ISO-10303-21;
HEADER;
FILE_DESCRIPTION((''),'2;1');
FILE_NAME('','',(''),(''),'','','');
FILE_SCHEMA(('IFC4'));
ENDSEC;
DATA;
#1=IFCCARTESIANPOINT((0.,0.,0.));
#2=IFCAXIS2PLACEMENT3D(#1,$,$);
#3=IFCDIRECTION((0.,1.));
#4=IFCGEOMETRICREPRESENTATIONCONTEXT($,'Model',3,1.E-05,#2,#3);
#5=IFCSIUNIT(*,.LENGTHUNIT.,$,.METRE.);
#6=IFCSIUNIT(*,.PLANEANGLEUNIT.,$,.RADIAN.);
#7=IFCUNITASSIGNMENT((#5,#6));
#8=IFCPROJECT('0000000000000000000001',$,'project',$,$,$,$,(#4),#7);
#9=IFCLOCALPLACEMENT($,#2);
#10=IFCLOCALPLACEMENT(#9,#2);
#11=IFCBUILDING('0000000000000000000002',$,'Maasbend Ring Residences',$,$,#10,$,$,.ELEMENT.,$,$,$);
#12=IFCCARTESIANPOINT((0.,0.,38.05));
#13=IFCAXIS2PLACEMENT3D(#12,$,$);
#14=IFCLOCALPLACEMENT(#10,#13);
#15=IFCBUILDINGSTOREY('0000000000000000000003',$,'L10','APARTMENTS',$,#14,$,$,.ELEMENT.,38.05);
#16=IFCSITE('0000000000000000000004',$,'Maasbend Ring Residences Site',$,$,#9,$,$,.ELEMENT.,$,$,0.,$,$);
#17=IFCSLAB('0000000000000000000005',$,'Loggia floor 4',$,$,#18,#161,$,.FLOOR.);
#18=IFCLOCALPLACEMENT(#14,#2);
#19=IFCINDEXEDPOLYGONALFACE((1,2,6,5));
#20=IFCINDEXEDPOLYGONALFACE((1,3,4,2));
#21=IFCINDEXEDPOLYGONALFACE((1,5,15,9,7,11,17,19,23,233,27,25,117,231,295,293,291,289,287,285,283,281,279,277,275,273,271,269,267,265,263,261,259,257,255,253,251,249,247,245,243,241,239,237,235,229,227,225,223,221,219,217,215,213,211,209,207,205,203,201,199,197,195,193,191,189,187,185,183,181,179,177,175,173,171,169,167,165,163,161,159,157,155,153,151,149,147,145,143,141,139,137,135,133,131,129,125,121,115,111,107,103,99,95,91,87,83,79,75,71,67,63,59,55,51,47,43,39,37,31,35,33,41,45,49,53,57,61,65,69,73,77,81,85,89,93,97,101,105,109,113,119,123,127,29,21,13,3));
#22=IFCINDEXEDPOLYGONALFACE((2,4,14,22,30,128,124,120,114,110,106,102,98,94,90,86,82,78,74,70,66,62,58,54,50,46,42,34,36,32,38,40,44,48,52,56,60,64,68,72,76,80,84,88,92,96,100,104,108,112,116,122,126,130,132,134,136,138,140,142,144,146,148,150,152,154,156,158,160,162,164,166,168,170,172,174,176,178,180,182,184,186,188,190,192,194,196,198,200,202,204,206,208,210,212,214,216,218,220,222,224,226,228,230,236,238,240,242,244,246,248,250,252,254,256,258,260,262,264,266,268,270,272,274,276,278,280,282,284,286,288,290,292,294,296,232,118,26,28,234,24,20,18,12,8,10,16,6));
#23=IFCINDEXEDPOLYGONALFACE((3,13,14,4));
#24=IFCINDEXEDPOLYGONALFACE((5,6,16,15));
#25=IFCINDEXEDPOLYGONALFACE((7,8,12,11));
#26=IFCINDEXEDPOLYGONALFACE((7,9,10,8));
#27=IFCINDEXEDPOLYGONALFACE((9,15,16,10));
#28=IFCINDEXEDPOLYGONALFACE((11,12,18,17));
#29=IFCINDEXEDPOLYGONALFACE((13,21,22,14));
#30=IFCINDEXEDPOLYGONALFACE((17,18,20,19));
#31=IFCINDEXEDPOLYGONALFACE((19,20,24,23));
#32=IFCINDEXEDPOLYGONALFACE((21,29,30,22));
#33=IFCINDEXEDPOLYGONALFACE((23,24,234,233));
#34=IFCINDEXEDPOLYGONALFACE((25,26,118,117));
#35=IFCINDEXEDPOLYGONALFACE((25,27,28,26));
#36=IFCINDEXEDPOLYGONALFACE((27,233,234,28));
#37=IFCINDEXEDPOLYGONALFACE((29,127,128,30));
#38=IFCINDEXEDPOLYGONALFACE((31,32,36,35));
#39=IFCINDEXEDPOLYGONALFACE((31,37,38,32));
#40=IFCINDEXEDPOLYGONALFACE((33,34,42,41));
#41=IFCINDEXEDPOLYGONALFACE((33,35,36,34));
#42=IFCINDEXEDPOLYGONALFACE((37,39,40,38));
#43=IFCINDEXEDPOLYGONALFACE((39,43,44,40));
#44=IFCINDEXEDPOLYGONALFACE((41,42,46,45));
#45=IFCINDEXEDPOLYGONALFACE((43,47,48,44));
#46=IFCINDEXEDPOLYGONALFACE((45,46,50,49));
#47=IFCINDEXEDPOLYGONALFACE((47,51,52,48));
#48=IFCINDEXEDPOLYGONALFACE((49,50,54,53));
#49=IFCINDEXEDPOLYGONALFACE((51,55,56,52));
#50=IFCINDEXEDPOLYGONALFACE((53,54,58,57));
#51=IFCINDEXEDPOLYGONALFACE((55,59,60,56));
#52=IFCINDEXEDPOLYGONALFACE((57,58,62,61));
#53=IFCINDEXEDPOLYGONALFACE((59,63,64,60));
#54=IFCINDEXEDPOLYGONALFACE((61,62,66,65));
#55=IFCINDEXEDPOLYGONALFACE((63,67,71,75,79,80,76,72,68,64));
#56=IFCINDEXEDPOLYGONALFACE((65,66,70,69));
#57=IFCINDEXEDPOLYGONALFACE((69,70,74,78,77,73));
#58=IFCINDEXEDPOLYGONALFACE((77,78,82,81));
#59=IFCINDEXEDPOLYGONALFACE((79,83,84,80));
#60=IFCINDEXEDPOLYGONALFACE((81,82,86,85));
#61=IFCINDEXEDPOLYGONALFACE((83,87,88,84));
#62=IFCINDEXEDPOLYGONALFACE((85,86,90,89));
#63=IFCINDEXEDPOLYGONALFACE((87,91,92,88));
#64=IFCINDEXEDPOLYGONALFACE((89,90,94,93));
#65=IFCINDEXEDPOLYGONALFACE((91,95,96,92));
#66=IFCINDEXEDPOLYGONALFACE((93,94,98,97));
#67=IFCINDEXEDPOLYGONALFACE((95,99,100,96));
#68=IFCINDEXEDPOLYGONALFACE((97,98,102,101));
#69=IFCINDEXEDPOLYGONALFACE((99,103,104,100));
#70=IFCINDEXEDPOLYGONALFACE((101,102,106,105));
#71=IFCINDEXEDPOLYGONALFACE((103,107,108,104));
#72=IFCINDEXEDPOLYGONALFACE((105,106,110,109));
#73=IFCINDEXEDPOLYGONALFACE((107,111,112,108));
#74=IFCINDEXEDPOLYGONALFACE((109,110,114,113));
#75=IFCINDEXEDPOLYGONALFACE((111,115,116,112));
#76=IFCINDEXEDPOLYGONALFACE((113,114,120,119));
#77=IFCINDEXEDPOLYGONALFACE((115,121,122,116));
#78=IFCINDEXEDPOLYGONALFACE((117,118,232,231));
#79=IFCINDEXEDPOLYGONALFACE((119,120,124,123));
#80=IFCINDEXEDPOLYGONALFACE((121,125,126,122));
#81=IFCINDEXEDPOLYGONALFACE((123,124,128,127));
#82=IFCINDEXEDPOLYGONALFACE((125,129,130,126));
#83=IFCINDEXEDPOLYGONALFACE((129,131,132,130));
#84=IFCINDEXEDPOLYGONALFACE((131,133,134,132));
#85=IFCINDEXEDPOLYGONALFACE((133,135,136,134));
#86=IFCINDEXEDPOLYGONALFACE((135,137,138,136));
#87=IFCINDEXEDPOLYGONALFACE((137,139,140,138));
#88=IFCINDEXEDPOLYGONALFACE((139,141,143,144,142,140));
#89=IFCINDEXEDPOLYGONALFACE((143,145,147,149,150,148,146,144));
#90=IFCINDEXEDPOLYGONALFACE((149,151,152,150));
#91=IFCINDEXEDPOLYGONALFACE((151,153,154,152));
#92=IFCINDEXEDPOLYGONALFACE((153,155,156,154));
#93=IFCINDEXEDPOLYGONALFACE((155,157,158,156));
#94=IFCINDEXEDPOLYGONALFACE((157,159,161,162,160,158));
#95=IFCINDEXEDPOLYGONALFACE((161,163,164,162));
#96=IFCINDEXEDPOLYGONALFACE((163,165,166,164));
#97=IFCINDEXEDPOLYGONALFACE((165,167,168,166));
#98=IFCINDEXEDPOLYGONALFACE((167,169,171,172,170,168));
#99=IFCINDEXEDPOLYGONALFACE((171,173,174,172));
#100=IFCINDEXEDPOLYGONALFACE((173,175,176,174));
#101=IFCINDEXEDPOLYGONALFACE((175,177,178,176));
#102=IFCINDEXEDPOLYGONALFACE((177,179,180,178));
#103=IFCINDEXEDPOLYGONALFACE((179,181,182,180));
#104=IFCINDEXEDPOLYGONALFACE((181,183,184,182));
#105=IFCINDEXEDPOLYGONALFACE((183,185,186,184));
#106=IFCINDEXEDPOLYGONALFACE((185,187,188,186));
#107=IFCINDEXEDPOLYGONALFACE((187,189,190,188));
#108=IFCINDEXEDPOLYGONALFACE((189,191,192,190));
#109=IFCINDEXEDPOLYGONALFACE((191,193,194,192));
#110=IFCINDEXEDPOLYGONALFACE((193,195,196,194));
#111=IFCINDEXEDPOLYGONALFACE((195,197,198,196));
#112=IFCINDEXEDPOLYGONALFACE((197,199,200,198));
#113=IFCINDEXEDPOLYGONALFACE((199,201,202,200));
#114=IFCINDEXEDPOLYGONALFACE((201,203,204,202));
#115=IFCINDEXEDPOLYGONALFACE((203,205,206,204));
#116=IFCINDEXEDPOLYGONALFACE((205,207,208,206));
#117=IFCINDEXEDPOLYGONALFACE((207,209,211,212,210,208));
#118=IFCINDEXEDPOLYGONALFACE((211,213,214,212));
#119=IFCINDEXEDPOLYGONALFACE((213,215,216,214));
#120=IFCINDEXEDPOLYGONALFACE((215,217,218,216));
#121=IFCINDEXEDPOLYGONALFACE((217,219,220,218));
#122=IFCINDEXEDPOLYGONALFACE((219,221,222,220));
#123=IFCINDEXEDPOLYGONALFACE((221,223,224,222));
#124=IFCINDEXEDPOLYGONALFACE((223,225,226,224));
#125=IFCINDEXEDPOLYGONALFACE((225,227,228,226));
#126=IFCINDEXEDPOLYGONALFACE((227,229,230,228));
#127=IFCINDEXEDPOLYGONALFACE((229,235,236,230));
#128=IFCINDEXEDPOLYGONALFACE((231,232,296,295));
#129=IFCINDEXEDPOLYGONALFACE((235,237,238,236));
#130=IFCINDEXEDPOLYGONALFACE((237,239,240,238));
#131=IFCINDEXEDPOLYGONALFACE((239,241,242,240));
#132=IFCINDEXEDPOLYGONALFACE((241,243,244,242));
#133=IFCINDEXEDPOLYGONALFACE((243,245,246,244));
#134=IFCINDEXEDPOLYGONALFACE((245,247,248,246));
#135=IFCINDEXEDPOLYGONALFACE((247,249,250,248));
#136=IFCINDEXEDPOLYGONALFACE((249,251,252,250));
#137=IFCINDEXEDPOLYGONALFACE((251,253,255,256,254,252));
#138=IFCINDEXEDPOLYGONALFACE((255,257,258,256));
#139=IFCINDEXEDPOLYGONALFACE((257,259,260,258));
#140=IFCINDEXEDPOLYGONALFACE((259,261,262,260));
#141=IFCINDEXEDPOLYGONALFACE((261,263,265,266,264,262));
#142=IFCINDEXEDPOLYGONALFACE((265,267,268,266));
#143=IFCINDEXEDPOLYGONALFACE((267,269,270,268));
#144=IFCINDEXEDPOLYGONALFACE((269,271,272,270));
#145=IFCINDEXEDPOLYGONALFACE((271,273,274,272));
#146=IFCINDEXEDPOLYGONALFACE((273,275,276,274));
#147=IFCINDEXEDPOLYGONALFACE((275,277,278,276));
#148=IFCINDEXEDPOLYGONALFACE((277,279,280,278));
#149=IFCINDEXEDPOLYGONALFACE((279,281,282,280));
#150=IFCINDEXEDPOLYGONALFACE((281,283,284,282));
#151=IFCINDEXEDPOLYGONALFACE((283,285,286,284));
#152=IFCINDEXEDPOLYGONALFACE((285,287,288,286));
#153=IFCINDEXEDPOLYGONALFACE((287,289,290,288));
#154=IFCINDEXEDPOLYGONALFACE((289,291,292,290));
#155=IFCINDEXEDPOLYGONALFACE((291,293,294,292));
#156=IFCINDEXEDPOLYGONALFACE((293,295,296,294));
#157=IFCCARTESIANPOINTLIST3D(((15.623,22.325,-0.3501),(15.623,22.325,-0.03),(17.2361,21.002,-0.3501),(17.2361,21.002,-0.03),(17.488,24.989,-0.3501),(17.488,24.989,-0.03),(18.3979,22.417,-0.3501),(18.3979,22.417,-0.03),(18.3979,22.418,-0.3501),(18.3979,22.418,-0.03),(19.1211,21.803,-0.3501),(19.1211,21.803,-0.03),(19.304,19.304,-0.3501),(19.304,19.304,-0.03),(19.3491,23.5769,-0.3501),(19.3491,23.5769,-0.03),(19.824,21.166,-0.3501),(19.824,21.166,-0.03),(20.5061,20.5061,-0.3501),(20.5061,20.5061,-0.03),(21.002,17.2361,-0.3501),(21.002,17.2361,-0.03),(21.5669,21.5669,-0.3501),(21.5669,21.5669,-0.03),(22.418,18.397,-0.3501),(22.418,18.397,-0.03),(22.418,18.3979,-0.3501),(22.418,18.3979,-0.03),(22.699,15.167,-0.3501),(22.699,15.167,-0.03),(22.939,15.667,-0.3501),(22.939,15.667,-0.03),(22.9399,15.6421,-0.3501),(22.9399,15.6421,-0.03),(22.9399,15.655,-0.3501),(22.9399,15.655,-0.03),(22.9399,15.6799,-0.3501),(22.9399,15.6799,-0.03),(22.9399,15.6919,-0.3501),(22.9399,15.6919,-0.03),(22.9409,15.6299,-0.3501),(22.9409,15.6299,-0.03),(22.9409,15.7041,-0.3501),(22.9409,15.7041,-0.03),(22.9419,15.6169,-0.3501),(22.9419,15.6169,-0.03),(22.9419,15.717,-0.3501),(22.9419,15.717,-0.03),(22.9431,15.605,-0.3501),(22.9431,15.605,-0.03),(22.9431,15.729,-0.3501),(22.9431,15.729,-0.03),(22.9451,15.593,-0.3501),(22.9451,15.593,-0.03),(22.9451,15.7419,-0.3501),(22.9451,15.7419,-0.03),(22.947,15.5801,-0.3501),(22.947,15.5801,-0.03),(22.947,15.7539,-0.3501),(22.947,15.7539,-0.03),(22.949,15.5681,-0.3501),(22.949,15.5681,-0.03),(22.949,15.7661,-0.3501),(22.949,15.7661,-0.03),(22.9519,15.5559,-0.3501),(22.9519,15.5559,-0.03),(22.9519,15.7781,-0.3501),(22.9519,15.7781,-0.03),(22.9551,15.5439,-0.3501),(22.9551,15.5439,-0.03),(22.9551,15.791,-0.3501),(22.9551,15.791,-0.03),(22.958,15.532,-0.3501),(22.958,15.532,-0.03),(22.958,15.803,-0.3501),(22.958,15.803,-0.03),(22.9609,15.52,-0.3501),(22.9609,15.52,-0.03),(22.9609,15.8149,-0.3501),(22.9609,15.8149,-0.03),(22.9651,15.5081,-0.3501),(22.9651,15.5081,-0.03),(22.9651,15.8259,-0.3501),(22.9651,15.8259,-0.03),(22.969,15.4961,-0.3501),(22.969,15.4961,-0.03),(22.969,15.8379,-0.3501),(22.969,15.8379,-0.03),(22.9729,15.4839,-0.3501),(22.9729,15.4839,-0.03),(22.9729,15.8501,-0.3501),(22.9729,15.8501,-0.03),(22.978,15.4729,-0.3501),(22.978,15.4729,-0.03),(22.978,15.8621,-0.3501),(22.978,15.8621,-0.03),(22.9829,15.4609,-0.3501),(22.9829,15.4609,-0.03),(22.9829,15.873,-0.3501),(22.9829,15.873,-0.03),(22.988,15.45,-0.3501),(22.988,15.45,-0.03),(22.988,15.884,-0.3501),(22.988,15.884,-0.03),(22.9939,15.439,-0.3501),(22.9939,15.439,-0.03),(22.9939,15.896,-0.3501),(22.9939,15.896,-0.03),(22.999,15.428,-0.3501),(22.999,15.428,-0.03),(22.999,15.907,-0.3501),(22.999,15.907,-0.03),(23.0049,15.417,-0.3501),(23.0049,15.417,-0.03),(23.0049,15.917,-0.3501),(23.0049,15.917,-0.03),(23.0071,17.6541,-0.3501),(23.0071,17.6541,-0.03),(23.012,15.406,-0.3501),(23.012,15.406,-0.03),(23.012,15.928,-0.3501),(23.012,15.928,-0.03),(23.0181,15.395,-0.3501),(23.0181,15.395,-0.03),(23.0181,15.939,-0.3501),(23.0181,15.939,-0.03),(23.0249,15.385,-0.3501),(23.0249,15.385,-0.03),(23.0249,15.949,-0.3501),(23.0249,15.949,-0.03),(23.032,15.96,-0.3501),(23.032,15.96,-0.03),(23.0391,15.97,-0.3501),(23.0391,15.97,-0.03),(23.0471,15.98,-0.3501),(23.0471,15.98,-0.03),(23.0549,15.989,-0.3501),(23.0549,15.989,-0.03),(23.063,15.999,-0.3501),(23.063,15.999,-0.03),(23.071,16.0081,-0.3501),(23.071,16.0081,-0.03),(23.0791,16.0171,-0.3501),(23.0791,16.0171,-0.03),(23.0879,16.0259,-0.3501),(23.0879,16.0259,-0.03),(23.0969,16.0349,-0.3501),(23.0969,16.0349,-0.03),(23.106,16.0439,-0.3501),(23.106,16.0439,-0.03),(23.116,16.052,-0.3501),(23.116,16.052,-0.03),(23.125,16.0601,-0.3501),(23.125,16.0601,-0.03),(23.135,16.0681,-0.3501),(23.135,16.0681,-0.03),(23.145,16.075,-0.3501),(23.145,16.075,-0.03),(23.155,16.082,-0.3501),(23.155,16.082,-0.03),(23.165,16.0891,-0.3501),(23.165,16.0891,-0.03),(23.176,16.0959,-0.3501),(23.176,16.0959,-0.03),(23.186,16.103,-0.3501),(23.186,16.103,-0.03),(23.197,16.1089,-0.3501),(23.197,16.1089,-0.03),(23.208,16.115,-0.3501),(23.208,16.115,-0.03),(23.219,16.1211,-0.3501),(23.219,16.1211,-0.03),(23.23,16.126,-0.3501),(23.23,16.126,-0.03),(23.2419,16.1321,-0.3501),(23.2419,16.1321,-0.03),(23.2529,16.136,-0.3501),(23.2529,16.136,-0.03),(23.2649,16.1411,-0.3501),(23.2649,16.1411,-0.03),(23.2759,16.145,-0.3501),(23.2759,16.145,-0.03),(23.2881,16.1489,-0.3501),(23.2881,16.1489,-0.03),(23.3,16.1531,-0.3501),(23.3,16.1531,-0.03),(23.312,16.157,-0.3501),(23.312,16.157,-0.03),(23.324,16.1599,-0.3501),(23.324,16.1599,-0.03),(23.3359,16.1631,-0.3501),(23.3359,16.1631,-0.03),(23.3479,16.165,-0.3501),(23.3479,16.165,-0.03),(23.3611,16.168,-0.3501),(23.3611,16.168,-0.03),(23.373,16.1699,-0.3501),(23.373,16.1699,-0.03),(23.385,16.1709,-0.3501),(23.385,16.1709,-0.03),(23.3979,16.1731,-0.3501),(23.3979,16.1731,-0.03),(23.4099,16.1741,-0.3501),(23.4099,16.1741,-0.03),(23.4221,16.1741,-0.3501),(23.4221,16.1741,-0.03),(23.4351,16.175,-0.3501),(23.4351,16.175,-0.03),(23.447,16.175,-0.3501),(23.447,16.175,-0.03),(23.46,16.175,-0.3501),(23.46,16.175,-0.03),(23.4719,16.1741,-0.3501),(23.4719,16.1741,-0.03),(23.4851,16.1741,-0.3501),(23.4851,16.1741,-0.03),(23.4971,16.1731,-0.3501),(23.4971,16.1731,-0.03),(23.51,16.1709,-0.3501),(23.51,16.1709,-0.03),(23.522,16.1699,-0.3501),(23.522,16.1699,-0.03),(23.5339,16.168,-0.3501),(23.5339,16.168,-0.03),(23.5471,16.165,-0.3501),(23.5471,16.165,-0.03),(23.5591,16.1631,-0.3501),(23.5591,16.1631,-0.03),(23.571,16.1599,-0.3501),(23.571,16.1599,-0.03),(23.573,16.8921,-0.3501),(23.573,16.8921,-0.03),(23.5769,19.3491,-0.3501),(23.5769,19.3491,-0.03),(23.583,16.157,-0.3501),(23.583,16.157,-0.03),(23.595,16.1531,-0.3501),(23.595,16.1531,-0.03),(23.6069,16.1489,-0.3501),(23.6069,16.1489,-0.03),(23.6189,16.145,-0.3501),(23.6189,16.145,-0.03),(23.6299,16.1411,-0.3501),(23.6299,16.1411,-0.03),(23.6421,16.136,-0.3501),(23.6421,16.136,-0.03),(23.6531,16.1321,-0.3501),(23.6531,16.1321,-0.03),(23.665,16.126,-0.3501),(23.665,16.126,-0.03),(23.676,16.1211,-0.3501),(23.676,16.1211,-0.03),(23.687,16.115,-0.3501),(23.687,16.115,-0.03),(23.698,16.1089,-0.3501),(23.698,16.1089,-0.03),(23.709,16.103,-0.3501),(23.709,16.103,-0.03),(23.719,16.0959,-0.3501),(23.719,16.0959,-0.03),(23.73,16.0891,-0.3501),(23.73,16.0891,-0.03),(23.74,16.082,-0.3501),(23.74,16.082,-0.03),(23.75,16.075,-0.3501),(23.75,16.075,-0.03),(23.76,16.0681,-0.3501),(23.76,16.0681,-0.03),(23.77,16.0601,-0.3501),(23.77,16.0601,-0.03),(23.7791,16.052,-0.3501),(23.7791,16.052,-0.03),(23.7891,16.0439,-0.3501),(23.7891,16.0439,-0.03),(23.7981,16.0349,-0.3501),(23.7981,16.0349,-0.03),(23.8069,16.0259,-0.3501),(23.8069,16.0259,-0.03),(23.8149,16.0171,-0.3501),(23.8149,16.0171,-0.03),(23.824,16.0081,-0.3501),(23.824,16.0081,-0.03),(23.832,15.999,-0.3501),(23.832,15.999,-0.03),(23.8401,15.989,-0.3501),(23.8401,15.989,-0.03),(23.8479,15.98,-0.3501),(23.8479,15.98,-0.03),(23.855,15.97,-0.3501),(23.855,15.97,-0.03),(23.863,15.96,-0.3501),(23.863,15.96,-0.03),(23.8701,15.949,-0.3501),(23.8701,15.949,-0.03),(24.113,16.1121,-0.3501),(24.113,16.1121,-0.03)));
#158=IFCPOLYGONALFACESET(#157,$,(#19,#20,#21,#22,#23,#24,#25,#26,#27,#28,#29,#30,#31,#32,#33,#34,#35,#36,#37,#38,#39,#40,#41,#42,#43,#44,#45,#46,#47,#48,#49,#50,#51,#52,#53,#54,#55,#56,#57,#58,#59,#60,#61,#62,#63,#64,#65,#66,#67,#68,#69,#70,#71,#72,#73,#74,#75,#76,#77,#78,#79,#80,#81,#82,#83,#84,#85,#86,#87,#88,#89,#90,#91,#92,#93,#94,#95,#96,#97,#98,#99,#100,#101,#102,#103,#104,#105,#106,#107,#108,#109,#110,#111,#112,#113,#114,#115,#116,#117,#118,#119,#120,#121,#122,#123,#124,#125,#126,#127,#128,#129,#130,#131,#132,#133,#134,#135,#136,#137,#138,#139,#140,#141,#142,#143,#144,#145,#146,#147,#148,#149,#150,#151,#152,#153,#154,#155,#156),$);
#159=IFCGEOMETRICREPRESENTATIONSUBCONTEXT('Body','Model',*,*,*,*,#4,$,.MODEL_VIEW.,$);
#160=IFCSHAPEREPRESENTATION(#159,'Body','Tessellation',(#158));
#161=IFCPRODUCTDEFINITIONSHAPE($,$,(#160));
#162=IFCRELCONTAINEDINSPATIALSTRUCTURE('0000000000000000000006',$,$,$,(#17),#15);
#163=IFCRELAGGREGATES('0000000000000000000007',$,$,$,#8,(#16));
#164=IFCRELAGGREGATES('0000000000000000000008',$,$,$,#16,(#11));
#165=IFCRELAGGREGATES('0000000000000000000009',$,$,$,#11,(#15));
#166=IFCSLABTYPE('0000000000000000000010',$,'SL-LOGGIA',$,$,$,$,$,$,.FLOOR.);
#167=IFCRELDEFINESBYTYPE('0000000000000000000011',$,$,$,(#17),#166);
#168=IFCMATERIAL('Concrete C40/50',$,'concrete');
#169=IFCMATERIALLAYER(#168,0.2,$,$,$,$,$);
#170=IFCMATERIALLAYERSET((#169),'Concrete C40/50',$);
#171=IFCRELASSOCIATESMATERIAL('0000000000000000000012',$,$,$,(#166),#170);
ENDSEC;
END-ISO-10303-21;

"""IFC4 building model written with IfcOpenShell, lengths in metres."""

from ifc_helpers import new_model, si_unit, direction, frame, origin, place, context, subcontext, project, spatial, polyline, outline, extrude, material, layer, layer_set, type_object, element, save


model = new_model("IFC4")

# Units and contexts
model_context = context("Model", 3, precision=1e-05, world=origin(), true_north=direction((0.0, 1.0)))
body_context = subcontext(model_context, "Body", "Model", "MODEL_VIEW")
ifc_project = project(units=[si_unit("LENGTHUNIT", "METRE"), si_unit("PLANEANGLEUNIT", "RADIAN")], contexts=[model_context])

# Site, building, storey
site_placement = place(None, origin())
site = spatial("IfcSite", under=ifc_project, at=site_placement, Name="Maasbend Ring Residences Site", CompositionType="ELEMENT", RefElevation=0.0)
building_placement = place(site_placement, origin())
building = spatial("IfcBuilding", under=site, at=building_placement, Name="Maasbend Ring Residences", CompositionType="ELEMENT")
storey_placement = place(building_placement, frame((0.0, 0.0, 38.05)))
storey = spatial("IfcBuildingStorey", under=building, at=storey_placement, Name="L10", Description="APARTMENTS", CompositionType="ELEMENT", Elevation=38.05)

# Slab
ifc_material_1 = material(Name="Concrete C40/50", Category="concrete")
ifc_layer_1 = layer(ifc_material_1, 0.2)
ifc_layer_set_1 = layer_set([ifc_layer_1], Name="Concrete C40/50")
slab_type_1 = type_object("IfcSlabType", Name="SL-LOGGIA", PredefinedType="FLOOR", material=ifc_layer_set_1)
slab_1_placement = place(storey_placement, frame((0.0, 0.0, -0.3501)))
element("IfcSlab", 1, at=slab_1_placement, inside=storey, type_object=slab_type_1, Name="Loggia floor 4", PredefinedType="FLOOR", context=body_context, shape_type="SweptSolid", body=[
    extrude(outline(polyline([(19.3491, 23.5769), (19.3491, 23.5769), (19.3491, 23.5769), (18.3979, 22.418), (18.3979, 22.418), (18.3979, 22.418), (18.3979, 22.418), (18.3979, 22.418), (18.3979, 22.417), (18.3979, 22.417), (18.3979, 22.417), (18.3979, 22.417), (18.3979, 22.417), (18.3979, 22.417), (18.3979, 22.417), (18.3979, 22.417), (18.3979, 22.417), (18.3979, 22.417), (18.3979, 22.417), (18.3979, 22.417), (19.1211, 21.803), (19.1211, 21.803), (19.824, 21.166), (19.824, 21.166), (20.5061, 20.5061), (20.5061, 20.5061), (20.5061, 20.5061), (20.5061, 20.5061), (20.5061, 20.5061), (20.5061, 20.5061), (20.5061, 20.5061), (20.5061, 20.5061), (20.5061, 20.5061), (20.5061, 20.5061), (20.5061, 20.5061), (20.5061, 20.5061), (20.5061, 20.5061), (20.5061, 20.5061), (20.5061, 20.5061), (20.5061, 20.5061), (20.5061, 20.5061), (21.5669, 21.5669), (21.5669, 21.5669), (21.5669, 21.5669), (23.5769, 19.3491), (23.5769, 19.3491), (23.5769, 19.3491), (22.418, 18.3979), (22.418, 18.3979), (22.418, 18.3979), (22.418, 18.3979), (22.418, 18.3979), (22.418, 18.3979), (22.418, 18.397), (22.418, 18.397), (22.418, 18.397), (22.418, 18.397), (22.418, 18.397), (22.418, 18.397), (22.418, 18.397), (22.418, 18.397), (22.418, 18.397), (22.418, 18.397), (22.418, 18.397), (23.0071, 17.6541), (23.0071, 17.6541), (23.573, 16.8921), (23.573, 16.8921), (24.113, 16.1121), (24.113, 16.1121), (24.113, 16.1121), (23.8701, 15.949), (23.8701, 15.949), (23.863, 15.96), (23.855, 15.97), (23.8479, 15.98), (23.8401, 15.989), (23.832, 15.999), (23.824, 16.0081), (23.8149, 16.0171), (23.8069, 16.0259), (23.7981, 16.0349), (23.7891, 16.0439), (23.7791, 16.052), (23.77, 16.0601), (23.76, 16.0681), (23.75, 16.075), (23.74, 16.082), (23.73, 16.0891), (23.719, 16.0959), (23.709, 16.103), (23.698, 16.1089), (23.687, 16.115), (23.676, 16.1211), (23.665, 16.126), (23.6531, 16.1321), (23.6421, 16.136), (23.6299, 16.1411), (23.6189, 16.145), (23.6069, 16.1489), (23.595, 16.1531), (23.583, 16.157), (23.571, 16.1599), (23.5591, 16.1631), (23.5471, 16.165), (23.5339, 16.168), (23.522, 16.1699), (23.51, 16.1709), (23.4971, 16.1731), (23.4851, 16.1741), (23.4719, 16.1741), (23.46, 16.175), (23.447, 16.175), (23.4351, 16.175), (23.4221, 16.1741), (23.4099, 16.1741), (23.3979, 16.1731), (23.385, 16.1709), (23.373, 16.1699), (23.3611, 16.168), (23.3479, 16.165), (23.3359, 16.1631), (23.324, 16.1599), (23.312, 16.157), (23.3, 16.1531), (23.2881, 16.1489), (23.2759, 16.145), (23.2649, 16.1411), (23.2529, 16.136), (23.2419, 16.1321), (23.23, 16.126), (23.219, 16.1211), (23.208, 16.115), (23.197, 16.1089), (23.186, 16.103), (23.176, 16.0959), (23.165, 16.0891), (23.155, 16.082), (23.145, 16.075), (23.135, 16.0681), (23.125, 16.0601), (23.116, 16.052), (23.106, 16.0439), (23.0969, 16.0349), (23.0879, 16.0259), (23.0791, 16.0171), (23.071, 16.0081), (23.063, 15.999), (23.0549, 15.989), (23.0471, 15.98), (23.0391, 15.97), (23.032, 15.96), (23.0249, 15.949), (23.0181, 15.939), (23.012, 15.928), (23.0049, 15.917), (22.999, 15.907), (22.9939, 15.896), (22.988, 15.884), (22.9829, 15.873), (22.978, 15.8621), (22.9729, 15.8501), (22.969, 15.8379), (22.9651, 15.8259), (22.9609, 15.8149), (22.958, 15.803), (22.9551, 15.791), (22.9519, 15.7781), (22.949, 15.7661), (22.947, 15.7539), (22.9451, 15.7419), (22.9431, 15.729), (22.9419, 15.717), (22.9409, 15.7041), (22.9399, 15.6919), (22.9399, 15.6799), (22.939, 15.667), (22.9399, 15.655), (22.9399, 15.6421), (22.9409, 15.6299), (22.9419, 15.6169), (22.9431, 15.605), (22.9451, 15.593), (22.947, 15.5801), (22.949, 15.5681), (22.9519, 15.5559), (22.9551, 15.5439), (22.958, 15.532), (22.9609, 15.52), (22.9651, 15.5081), (22.969, 15.4961), (22.9729, 15.4839), (22.978, 15.4729), (22.9829, 15.4609), (22.988, 15.45), (22.9939, 15.439), (22.999, 15.428), (23.0049, 15.417), (23.012, 15.406), (23.0181, 15.395), (23.0249, 15.385), (23.0249, 15.385), (22.699, 15.167), (22.699, 15.167), (22.699, 15.167), (21.002, 17.2361), (19.304, 19.304), (19.304, 19.304), (19.304, 19.304), (17.2361, 21.002), (15.623, 22.325), (15.623, 22.325), (15.623, 22.325), (17.488, 24.989), (17.488, 24.989), (17.488, 24.989), (19.3491, 23.5769)])), origin(), (0.0, 0.0, 1.0), 0.3201),
])

save(model, "model.ifc")
